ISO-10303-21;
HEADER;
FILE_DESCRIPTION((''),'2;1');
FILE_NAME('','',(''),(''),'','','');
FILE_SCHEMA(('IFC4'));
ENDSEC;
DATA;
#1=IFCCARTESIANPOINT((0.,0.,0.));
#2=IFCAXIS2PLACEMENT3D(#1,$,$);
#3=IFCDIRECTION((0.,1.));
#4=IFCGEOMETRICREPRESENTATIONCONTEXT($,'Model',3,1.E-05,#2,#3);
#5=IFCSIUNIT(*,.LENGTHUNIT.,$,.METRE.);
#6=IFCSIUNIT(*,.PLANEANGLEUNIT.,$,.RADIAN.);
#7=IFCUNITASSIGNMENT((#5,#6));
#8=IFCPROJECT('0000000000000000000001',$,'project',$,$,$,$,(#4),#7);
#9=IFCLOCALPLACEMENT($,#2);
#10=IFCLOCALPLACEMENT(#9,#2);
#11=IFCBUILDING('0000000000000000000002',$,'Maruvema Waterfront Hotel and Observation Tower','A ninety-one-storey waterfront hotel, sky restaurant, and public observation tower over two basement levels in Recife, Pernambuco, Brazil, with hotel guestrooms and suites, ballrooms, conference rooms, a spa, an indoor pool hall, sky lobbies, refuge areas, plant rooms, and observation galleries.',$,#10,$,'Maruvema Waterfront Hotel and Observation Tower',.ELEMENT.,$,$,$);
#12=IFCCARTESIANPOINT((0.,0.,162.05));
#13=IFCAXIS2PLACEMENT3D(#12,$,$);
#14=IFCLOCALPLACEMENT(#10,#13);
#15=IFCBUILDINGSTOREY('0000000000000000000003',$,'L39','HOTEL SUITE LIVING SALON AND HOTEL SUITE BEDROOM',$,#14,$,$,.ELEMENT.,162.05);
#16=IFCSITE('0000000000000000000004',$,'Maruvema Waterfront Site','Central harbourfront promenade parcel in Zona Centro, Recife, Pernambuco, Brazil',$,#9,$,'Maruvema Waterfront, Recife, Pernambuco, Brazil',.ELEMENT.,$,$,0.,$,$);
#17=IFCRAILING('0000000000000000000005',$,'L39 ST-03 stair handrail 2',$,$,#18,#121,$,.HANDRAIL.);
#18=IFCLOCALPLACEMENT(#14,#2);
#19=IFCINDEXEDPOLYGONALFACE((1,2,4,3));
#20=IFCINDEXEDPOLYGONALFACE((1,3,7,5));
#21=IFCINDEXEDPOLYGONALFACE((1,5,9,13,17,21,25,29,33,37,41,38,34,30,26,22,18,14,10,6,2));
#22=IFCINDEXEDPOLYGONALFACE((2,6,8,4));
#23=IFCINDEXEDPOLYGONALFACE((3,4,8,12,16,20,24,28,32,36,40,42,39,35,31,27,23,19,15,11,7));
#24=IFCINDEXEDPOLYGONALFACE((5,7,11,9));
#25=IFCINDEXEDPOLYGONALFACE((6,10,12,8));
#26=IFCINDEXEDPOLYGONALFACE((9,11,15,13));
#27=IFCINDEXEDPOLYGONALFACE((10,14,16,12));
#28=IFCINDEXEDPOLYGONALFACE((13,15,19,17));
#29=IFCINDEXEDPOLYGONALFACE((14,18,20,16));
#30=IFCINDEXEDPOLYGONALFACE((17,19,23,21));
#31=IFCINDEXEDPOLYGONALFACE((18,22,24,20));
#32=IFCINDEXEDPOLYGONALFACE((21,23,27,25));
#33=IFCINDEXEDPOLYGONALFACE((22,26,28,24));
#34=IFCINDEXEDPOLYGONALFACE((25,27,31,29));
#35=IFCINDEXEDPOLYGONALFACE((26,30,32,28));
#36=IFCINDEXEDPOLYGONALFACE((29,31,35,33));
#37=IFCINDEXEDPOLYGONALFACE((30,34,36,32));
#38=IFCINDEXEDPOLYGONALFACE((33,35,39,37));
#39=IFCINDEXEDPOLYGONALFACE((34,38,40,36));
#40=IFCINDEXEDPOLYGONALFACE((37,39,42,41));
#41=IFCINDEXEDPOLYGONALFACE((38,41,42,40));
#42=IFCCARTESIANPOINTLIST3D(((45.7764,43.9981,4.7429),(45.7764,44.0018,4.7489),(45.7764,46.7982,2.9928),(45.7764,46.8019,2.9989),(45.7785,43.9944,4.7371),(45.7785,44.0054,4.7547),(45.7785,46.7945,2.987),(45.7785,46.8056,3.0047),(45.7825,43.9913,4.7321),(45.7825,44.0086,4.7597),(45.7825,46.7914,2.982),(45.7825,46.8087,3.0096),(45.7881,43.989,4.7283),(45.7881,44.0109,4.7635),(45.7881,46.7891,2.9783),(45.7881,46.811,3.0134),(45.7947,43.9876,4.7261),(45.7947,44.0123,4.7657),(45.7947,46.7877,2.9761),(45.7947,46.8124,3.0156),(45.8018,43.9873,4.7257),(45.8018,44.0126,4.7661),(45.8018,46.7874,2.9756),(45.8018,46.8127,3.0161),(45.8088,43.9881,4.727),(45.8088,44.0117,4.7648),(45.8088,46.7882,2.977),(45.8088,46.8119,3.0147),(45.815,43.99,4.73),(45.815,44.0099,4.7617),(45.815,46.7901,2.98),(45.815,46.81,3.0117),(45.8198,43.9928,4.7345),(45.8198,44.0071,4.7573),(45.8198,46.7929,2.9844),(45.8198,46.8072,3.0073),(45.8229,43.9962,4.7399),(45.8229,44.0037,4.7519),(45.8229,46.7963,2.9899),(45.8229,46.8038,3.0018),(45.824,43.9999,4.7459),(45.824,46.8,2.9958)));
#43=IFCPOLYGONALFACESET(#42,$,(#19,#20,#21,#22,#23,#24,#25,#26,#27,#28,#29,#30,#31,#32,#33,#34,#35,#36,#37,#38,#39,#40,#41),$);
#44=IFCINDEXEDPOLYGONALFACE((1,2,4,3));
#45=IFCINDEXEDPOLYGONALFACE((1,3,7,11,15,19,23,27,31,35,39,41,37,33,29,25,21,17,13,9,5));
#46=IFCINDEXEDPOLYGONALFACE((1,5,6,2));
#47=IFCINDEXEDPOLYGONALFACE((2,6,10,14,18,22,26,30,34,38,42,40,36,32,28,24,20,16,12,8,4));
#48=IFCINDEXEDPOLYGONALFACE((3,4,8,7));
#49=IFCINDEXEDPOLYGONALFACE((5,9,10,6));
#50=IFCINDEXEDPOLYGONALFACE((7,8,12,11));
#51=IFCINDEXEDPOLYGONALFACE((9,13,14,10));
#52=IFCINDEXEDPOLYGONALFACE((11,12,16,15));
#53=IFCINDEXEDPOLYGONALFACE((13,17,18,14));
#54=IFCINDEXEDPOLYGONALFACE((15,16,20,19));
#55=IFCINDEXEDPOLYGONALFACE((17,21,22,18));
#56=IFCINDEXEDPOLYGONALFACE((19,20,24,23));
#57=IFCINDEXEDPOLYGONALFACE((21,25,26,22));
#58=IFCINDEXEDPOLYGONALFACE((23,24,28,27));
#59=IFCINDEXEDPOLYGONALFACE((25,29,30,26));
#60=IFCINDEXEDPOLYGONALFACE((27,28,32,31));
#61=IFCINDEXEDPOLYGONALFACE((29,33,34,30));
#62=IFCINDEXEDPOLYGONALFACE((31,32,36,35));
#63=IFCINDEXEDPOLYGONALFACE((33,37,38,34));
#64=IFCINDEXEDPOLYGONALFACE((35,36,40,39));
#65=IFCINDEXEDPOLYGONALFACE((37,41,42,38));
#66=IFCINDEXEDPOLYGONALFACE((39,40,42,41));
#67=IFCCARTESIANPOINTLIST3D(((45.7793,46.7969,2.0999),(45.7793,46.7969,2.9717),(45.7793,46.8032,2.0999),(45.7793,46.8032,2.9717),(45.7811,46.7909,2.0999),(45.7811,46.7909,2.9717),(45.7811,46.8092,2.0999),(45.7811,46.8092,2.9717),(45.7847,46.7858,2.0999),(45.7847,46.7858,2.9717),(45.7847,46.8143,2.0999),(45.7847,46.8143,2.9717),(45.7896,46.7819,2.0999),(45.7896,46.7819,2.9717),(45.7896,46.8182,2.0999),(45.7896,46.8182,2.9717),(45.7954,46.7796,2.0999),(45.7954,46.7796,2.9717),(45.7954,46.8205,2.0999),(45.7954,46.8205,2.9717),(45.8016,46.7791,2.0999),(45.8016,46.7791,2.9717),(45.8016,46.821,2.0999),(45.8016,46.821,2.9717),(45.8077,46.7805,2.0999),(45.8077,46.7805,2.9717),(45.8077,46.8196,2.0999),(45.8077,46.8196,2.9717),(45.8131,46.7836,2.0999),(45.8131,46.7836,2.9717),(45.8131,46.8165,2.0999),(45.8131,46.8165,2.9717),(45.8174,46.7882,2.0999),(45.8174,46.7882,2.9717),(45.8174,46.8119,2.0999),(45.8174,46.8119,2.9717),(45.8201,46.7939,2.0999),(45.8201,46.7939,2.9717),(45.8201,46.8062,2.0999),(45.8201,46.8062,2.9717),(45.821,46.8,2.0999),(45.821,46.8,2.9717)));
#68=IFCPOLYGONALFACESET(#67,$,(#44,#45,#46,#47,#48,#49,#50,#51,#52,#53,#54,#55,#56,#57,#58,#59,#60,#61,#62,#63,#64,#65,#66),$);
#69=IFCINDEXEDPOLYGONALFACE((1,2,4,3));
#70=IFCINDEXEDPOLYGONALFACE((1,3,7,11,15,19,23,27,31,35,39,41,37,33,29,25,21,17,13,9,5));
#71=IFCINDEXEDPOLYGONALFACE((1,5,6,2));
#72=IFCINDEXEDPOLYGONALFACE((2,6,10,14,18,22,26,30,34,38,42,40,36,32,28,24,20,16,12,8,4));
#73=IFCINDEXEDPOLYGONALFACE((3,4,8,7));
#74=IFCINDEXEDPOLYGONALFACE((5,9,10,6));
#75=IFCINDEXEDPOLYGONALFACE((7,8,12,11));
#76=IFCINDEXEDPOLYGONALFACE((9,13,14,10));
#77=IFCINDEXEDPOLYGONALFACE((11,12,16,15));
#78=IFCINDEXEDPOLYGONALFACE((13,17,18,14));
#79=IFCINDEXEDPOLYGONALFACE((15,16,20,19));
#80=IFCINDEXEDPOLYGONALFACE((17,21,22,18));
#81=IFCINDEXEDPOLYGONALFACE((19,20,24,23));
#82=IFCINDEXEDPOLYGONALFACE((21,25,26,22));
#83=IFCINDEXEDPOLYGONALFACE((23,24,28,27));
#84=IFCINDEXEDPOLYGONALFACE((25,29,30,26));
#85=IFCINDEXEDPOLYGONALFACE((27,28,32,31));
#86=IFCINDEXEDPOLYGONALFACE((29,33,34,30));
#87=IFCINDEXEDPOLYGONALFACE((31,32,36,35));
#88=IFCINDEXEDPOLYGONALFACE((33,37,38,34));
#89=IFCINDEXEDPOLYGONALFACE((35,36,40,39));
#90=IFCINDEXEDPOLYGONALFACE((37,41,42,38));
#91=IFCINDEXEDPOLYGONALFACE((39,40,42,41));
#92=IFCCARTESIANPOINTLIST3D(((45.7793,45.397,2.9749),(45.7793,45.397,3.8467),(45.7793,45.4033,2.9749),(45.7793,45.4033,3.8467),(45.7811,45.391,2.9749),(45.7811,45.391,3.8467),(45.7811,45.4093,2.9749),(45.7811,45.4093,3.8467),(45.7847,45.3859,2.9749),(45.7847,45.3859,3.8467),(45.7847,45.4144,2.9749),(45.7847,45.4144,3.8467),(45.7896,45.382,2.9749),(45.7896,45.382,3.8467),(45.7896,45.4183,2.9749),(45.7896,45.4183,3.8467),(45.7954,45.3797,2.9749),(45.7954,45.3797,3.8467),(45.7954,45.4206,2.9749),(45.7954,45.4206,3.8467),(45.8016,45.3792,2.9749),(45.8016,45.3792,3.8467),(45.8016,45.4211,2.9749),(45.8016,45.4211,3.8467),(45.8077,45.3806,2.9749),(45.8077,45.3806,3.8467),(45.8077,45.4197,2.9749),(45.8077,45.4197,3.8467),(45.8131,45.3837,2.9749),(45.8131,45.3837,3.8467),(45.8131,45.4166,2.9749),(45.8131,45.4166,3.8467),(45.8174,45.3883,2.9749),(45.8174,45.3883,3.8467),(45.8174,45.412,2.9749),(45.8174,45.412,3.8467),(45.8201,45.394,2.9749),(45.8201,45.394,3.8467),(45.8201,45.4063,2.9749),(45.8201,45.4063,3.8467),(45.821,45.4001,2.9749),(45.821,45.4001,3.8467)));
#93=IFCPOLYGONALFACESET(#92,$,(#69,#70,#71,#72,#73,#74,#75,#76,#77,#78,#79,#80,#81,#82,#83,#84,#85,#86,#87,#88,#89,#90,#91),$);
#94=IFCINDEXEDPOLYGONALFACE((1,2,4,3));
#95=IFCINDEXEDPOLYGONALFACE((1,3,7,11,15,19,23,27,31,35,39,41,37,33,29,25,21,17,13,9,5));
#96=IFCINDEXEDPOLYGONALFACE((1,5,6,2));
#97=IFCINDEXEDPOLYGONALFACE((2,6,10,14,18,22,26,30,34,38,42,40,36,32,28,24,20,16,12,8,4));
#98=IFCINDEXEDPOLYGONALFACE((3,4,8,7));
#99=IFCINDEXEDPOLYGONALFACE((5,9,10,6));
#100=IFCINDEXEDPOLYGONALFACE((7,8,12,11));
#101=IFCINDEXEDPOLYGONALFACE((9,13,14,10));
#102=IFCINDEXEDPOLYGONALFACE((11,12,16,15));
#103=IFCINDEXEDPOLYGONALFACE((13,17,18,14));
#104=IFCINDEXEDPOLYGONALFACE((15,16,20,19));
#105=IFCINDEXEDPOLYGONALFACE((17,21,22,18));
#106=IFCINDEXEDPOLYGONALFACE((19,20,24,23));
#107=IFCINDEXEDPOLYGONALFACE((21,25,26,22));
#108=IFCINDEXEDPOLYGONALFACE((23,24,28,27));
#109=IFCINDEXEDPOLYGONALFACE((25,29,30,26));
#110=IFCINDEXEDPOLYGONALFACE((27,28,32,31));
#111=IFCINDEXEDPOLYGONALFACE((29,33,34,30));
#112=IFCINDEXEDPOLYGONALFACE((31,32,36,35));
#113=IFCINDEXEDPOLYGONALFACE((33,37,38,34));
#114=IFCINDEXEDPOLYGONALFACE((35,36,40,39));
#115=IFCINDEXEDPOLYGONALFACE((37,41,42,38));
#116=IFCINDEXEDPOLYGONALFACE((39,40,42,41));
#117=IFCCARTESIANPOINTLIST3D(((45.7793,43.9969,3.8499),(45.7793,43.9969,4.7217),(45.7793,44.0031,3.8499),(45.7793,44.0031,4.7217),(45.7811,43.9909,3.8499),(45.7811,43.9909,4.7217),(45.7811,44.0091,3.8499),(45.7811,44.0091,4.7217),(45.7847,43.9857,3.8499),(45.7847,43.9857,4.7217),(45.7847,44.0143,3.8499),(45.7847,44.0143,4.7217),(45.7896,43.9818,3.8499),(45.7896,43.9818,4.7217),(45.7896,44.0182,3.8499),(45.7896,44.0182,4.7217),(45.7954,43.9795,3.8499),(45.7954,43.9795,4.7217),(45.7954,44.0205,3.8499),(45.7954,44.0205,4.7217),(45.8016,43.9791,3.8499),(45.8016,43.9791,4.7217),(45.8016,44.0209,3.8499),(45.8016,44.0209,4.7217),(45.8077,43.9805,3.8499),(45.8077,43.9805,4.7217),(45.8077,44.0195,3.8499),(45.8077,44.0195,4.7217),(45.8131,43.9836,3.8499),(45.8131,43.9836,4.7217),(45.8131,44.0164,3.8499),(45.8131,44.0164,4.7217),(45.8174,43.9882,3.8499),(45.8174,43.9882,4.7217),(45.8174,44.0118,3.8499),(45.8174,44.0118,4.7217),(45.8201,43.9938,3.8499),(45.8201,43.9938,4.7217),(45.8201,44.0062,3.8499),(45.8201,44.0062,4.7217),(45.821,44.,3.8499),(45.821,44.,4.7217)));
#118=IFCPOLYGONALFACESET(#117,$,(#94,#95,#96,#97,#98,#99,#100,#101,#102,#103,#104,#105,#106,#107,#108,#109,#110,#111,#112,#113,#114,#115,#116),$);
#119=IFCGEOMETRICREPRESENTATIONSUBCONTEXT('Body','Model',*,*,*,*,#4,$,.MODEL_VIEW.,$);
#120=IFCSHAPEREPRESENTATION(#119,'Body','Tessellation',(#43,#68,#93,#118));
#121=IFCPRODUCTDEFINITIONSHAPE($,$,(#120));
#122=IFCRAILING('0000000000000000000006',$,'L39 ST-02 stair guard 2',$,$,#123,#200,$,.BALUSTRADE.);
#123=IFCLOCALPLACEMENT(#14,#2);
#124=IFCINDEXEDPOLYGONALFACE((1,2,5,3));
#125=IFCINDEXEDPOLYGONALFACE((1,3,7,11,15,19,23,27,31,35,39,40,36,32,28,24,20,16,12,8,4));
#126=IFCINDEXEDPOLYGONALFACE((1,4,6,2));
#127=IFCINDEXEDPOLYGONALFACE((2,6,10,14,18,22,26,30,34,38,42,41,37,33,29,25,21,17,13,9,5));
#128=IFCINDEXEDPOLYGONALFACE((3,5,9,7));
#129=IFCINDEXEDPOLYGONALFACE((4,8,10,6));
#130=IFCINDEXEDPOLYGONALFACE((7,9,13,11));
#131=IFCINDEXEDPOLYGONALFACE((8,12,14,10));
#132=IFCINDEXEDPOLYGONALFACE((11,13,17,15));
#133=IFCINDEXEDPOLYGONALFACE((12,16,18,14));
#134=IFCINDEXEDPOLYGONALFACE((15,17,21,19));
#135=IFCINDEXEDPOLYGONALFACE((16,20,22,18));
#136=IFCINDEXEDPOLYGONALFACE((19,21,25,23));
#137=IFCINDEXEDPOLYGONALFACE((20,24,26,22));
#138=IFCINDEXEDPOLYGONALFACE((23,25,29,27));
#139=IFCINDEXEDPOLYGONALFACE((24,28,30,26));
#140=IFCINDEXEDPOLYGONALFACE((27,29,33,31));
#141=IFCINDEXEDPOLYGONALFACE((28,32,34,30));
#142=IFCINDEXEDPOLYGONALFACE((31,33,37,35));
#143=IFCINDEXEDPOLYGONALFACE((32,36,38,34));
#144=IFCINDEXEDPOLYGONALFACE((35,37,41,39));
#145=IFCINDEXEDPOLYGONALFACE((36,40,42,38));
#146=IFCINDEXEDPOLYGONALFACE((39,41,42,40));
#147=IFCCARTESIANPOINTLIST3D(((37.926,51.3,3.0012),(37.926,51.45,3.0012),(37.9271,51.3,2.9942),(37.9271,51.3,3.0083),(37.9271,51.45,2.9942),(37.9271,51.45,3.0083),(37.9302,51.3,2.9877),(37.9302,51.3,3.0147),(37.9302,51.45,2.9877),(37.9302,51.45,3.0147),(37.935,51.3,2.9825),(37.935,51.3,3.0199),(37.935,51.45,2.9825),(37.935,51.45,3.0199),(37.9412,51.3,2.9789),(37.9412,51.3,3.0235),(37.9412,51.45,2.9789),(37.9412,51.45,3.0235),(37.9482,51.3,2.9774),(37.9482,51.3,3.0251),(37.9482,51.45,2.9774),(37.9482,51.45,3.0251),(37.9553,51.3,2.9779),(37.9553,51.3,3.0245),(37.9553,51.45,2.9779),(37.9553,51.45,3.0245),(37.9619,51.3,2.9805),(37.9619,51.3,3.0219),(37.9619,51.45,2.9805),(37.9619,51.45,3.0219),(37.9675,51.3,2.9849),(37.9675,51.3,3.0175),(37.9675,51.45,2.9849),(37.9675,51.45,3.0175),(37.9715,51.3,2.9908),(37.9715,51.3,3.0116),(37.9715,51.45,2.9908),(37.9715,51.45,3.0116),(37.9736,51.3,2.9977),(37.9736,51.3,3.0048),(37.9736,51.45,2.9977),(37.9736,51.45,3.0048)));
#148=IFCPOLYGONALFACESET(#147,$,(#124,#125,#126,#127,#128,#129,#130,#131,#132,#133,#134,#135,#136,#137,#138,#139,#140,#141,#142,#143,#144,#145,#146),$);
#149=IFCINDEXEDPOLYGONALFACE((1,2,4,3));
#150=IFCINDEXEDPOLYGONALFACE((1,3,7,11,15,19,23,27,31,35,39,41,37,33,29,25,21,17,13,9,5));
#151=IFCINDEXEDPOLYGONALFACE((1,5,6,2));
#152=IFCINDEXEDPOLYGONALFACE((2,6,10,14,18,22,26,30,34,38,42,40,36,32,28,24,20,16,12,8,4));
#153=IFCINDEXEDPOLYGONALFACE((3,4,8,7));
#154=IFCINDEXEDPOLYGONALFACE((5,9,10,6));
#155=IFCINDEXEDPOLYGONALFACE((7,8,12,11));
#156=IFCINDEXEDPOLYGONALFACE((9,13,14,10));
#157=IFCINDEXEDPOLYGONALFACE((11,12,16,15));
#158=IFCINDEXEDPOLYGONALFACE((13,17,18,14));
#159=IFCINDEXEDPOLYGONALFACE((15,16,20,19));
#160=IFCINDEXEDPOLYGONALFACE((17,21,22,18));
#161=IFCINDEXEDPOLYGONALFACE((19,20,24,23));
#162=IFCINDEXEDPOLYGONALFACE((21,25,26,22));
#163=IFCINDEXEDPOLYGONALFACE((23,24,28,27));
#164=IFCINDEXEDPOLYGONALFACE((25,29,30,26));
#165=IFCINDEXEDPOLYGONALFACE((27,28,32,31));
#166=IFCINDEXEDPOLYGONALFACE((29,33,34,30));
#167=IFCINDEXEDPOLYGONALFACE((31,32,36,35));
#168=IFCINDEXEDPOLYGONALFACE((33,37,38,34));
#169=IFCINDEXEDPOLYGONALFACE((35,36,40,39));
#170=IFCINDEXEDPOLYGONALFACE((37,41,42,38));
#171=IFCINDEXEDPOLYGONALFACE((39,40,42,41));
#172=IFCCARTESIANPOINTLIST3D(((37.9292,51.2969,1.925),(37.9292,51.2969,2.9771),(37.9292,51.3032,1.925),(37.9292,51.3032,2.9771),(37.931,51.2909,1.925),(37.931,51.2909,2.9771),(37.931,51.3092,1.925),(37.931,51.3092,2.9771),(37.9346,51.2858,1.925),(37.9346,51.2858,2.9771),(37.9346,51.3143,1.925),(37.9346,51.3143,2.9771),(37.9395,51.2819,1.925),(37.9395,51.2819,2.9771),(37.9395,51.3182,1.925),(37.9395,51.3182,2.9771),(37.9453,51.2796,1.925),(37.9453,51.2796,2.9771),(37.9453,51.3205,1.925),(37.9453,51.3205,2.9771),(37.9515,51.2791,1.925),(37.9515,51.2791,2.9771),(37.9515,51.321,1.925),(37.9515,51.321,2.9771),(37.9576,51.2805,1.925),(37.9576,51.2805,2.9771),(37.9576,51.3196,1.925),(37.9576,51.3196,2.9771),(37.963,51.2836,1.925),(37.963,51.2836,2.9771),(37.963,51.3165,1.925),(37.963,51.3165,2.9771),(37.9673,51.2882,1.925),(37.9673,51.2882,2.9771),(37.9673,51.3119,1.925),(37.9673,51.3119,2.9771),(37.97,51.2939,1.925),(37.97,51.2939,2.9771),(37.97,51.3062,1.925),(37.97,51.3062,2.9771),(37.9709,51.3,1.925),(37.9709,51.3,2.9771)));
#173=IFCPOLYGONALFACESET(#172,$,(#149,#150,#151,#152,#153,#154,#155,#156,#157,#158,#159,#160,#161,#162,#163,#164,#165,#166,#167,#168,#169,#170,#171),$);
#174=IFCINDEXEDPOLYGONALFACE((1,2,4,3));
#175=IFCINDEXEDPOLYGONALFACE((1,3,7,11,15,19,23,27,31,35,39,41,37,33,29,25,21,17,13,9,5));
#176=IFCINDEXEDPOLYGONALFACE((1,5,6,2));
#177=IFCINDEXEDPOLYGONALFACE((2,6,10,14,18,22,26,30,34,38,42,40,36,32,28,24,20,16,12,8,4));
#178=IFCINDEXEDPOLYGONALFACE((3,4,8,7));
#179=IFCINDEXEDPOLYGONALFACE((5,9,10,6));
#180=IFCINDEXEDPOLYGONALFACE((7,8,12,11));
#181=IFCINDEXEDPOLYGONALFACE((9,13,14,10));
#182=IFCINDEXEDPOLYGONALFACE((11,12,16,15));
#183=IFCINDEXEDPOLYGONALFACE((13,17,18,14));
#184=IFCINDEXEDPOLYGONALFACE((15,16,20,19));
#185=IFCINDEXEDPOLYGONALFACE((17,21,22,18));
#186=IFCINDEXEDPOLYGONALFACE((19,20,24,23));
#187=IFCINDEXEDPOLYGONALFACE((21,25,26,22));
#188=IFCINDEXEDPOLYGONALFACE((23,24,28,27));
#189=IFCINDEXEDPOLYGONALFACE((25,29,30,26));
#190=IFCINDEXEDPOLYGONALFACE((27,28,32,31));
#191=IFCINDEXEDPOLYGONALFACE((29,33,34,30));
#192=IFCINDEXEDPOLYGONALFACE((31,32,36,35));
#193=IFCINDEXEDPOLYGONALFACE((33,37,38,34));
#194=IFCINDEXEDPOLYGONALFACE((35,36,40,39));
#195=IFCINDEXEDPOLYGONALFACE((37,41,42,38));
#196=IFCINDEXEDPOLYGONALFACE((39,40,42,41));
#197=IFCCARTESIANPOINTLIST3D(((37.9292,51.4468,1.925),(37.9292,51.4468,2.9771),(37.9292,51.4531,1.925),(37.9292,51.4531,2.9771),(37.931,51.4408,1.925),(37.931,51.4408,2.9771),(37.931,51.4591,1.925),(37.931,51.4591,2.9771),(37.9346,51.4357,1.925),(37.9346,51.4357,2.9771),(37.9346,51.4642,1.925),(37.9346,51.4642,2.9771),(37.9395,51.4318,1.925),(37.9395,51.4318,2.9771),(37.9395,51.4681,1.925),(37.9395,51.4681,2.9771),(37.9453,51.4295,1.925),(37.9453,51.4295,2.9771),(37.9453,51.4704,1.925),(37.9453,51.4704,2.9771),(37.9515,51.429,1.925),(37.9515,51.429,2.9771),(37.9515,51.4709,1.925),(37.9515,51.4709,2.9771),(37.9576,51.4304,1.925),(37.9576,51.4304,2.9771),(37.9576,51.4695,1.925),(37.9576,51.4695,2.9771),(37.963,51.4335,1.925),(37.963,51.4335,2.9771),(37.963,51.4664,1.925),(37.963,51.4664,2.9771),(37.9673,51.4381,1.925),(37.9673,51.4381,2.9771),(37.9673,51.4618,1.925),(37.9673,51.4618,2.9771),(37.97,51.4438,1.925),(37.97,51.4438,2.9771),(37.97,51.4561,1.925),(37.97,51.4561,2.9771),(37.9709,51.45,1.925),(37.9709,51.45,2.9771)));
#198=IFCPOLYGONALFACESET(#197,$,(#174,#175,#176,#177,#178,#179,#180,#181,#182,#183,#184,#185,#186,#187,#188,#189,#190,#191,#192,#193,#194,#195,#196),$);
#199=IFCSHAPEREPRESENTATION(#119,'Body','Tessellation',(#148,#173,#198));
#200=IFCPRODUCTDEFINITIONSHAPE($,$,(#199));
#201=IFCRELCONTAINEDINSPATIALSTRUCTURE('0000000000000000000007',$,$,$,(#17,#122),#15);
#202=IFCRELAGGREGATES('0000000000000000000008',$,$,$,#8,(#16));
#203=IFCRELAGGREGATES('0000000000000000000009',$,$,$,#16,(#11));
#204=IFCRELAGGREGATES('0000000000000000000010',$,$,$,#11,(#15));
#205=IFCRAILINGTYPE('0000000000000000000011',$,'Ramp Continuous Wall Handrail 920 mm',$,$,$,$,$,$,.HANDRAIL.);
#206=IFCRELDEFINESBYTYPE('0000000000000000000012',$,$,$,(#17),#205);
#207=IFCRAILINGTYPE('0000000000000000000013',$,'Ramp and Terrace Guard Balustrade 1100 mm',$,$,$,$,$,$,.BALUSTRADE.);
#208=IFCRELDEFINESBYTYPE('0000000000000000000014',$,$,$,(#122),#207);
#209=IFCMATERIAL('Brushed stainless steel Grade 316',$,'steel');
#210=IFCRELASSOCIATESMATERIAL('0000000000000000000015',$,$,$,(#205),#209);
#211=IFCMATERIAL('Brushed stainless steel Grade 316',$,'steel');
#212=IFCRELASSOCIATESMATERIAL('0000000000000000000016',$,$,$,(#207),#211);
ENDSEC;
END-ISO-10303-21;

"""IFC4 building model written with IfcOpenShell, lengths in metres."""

from ifc_helpers import new_model, si_unit, direction, frame, origin, origin_2d, place, context, subcontext, project, spatial, circle, extrude, material, type_object, element, save


model = new_model("IFC4")

# Units and contexts
model_context = context("Model", 3, precision=1e-05, world=origin(), true_north=direction((0.0, 1.0)))
body_context = subcontext(model_context, "Body", "Model", "MODEL_VIEW")
ifc_project = project(units=[si_unit("LENGTHUNIT", "METRE"), si_unit("PLANEANGLEUNIT", "RADIAN")], contexts=[model_context])

# Site, building, storey
site_placement = place(None, origin())
site = spatial("IfcSite", under=ifc_project, at=site_placement, Name="Maruvema Waterfront Site", Description="Central harbourfront promenade parcel in Zona Centro, Recife, Pernambuco, Brazil", LongName="Maruvema Waterfront, Recife, Pernambuco, Brazil", CompositionType="ELEMENT", RefElevation=0.0)
building_placement = place(site_placement, origin())
building = spatial("IfcBuilding", under=site, at=building_placement, Name="Maruvema Waterfront Hotel and Observation Tower", Description="A ninety-one-storey waterfront hotel, sky restaurant, and public observation tower over two basement levels in Recife, Pernambuco, Brazil, with hotel guestrooms and suites, ballrooms, conference rooms, a spa, an indoor pool hall, sky lobbies, refuge areas, plant rooms, and observation galleries.", LongName="Maruvema Waterfront Hotel and Observation Tower", CompositionType="ELEMENT")
storey_placement = place(building_placement, frame((0.0, 0.0, 162.05)))
storey = spatial("IfcBuildingStorey", under=building, at=storey_placement, Name="L39", Description="HOTEL SUITE LIVING SALON AND HOTEL SUITE BEDROOM", CompositionType="ELEMENT", Elevation=162.05)

# Railings
ifc_material_1 = material(Name="Brushed stainless steel Grade 316", Category="steel")
railing_type_1 = type_object("IfcRailingType", Name="Ramp Continuous Wall Handrail 920 mm", PredefinedType="HANDRAIL", material=ifc_material_1)
railing_1_placement = place(storey_placement, frame((45.8, 46.8, 2.0999)))
element("IfcRailing", 1, at=railing_1_placement, inside=storey, type_object=railing_type_1, Name="L39 ST-03 stair handrail 2", PredefinedType="HANDRAIL", context=body_context, shape_type="SweptSolid", body=[
    extrude(circle(Radius=0.0239, at=origin_2d()), frame((0.0, 0.0, 0.896), z_axis=(0.0, -0.848002, 0.529992), x_axis=(1.0, 0.0, 0.0)), (0.0, 0.0, 1.0), 3.302),
    extrude(circle(Radius=0.021, at=origin_2d()), origin(), (0.0, 0.0, 1.0), 0.8718),
    extrude(circle(Radius=0.021, at=origin_2d()), frame((0.0, -1.3999, 0.875)), (0.0, 0.0, 1.0), 0.8718),
    extrude(circle(Radius=0.021, at=origin_2d()), frame((0.0, -2.8, 1.75)), (0.0, 0.0, 1.0), 0.8718),
])
ifc_material_2 = material(Name="Brushed stainless steel Grade 316", Category="steel")
railing_type_2 = type_object("IfcRailingType", Name="Ramp and Terrace Guard Balustrade 1100 mm", PredefinedType="BALUSTRADE", material=ifc_material_2)
railing_2_placement = place(storey_placement, frame((37.95, 51.3, 1.925)))
element("IfcRailing", 2, at=railing_2_placement, inside=storey, type_object=railing_type_2, Name="L39 ST-02 stair guard 2", PredefinedType="BALUSTRADE", context=body_context, shape_type="SweptSolid", body=[
    extrude(circle(Radius=0.0239, at=origin_2d()), frame((0.0, 0.0, 1.0762), z_axis=(0.0, 1.0, 0.0), x_axis=(-1.0, 0.0, 0.0)), (0.0, 0.0, 1.0), 0.1499),
    extrude(circle(Radius=0.021, at=origin_2d()), origin(), (0.0, 0.0, 1.0), 1.052),
    extrude(circle(Radius=0.021, at=origin_2d()), frame((0.0, 0.1499, 0.0)), (0.0, 0.0, 1.0), 1.052),
])

save(model, "model.ifc")
